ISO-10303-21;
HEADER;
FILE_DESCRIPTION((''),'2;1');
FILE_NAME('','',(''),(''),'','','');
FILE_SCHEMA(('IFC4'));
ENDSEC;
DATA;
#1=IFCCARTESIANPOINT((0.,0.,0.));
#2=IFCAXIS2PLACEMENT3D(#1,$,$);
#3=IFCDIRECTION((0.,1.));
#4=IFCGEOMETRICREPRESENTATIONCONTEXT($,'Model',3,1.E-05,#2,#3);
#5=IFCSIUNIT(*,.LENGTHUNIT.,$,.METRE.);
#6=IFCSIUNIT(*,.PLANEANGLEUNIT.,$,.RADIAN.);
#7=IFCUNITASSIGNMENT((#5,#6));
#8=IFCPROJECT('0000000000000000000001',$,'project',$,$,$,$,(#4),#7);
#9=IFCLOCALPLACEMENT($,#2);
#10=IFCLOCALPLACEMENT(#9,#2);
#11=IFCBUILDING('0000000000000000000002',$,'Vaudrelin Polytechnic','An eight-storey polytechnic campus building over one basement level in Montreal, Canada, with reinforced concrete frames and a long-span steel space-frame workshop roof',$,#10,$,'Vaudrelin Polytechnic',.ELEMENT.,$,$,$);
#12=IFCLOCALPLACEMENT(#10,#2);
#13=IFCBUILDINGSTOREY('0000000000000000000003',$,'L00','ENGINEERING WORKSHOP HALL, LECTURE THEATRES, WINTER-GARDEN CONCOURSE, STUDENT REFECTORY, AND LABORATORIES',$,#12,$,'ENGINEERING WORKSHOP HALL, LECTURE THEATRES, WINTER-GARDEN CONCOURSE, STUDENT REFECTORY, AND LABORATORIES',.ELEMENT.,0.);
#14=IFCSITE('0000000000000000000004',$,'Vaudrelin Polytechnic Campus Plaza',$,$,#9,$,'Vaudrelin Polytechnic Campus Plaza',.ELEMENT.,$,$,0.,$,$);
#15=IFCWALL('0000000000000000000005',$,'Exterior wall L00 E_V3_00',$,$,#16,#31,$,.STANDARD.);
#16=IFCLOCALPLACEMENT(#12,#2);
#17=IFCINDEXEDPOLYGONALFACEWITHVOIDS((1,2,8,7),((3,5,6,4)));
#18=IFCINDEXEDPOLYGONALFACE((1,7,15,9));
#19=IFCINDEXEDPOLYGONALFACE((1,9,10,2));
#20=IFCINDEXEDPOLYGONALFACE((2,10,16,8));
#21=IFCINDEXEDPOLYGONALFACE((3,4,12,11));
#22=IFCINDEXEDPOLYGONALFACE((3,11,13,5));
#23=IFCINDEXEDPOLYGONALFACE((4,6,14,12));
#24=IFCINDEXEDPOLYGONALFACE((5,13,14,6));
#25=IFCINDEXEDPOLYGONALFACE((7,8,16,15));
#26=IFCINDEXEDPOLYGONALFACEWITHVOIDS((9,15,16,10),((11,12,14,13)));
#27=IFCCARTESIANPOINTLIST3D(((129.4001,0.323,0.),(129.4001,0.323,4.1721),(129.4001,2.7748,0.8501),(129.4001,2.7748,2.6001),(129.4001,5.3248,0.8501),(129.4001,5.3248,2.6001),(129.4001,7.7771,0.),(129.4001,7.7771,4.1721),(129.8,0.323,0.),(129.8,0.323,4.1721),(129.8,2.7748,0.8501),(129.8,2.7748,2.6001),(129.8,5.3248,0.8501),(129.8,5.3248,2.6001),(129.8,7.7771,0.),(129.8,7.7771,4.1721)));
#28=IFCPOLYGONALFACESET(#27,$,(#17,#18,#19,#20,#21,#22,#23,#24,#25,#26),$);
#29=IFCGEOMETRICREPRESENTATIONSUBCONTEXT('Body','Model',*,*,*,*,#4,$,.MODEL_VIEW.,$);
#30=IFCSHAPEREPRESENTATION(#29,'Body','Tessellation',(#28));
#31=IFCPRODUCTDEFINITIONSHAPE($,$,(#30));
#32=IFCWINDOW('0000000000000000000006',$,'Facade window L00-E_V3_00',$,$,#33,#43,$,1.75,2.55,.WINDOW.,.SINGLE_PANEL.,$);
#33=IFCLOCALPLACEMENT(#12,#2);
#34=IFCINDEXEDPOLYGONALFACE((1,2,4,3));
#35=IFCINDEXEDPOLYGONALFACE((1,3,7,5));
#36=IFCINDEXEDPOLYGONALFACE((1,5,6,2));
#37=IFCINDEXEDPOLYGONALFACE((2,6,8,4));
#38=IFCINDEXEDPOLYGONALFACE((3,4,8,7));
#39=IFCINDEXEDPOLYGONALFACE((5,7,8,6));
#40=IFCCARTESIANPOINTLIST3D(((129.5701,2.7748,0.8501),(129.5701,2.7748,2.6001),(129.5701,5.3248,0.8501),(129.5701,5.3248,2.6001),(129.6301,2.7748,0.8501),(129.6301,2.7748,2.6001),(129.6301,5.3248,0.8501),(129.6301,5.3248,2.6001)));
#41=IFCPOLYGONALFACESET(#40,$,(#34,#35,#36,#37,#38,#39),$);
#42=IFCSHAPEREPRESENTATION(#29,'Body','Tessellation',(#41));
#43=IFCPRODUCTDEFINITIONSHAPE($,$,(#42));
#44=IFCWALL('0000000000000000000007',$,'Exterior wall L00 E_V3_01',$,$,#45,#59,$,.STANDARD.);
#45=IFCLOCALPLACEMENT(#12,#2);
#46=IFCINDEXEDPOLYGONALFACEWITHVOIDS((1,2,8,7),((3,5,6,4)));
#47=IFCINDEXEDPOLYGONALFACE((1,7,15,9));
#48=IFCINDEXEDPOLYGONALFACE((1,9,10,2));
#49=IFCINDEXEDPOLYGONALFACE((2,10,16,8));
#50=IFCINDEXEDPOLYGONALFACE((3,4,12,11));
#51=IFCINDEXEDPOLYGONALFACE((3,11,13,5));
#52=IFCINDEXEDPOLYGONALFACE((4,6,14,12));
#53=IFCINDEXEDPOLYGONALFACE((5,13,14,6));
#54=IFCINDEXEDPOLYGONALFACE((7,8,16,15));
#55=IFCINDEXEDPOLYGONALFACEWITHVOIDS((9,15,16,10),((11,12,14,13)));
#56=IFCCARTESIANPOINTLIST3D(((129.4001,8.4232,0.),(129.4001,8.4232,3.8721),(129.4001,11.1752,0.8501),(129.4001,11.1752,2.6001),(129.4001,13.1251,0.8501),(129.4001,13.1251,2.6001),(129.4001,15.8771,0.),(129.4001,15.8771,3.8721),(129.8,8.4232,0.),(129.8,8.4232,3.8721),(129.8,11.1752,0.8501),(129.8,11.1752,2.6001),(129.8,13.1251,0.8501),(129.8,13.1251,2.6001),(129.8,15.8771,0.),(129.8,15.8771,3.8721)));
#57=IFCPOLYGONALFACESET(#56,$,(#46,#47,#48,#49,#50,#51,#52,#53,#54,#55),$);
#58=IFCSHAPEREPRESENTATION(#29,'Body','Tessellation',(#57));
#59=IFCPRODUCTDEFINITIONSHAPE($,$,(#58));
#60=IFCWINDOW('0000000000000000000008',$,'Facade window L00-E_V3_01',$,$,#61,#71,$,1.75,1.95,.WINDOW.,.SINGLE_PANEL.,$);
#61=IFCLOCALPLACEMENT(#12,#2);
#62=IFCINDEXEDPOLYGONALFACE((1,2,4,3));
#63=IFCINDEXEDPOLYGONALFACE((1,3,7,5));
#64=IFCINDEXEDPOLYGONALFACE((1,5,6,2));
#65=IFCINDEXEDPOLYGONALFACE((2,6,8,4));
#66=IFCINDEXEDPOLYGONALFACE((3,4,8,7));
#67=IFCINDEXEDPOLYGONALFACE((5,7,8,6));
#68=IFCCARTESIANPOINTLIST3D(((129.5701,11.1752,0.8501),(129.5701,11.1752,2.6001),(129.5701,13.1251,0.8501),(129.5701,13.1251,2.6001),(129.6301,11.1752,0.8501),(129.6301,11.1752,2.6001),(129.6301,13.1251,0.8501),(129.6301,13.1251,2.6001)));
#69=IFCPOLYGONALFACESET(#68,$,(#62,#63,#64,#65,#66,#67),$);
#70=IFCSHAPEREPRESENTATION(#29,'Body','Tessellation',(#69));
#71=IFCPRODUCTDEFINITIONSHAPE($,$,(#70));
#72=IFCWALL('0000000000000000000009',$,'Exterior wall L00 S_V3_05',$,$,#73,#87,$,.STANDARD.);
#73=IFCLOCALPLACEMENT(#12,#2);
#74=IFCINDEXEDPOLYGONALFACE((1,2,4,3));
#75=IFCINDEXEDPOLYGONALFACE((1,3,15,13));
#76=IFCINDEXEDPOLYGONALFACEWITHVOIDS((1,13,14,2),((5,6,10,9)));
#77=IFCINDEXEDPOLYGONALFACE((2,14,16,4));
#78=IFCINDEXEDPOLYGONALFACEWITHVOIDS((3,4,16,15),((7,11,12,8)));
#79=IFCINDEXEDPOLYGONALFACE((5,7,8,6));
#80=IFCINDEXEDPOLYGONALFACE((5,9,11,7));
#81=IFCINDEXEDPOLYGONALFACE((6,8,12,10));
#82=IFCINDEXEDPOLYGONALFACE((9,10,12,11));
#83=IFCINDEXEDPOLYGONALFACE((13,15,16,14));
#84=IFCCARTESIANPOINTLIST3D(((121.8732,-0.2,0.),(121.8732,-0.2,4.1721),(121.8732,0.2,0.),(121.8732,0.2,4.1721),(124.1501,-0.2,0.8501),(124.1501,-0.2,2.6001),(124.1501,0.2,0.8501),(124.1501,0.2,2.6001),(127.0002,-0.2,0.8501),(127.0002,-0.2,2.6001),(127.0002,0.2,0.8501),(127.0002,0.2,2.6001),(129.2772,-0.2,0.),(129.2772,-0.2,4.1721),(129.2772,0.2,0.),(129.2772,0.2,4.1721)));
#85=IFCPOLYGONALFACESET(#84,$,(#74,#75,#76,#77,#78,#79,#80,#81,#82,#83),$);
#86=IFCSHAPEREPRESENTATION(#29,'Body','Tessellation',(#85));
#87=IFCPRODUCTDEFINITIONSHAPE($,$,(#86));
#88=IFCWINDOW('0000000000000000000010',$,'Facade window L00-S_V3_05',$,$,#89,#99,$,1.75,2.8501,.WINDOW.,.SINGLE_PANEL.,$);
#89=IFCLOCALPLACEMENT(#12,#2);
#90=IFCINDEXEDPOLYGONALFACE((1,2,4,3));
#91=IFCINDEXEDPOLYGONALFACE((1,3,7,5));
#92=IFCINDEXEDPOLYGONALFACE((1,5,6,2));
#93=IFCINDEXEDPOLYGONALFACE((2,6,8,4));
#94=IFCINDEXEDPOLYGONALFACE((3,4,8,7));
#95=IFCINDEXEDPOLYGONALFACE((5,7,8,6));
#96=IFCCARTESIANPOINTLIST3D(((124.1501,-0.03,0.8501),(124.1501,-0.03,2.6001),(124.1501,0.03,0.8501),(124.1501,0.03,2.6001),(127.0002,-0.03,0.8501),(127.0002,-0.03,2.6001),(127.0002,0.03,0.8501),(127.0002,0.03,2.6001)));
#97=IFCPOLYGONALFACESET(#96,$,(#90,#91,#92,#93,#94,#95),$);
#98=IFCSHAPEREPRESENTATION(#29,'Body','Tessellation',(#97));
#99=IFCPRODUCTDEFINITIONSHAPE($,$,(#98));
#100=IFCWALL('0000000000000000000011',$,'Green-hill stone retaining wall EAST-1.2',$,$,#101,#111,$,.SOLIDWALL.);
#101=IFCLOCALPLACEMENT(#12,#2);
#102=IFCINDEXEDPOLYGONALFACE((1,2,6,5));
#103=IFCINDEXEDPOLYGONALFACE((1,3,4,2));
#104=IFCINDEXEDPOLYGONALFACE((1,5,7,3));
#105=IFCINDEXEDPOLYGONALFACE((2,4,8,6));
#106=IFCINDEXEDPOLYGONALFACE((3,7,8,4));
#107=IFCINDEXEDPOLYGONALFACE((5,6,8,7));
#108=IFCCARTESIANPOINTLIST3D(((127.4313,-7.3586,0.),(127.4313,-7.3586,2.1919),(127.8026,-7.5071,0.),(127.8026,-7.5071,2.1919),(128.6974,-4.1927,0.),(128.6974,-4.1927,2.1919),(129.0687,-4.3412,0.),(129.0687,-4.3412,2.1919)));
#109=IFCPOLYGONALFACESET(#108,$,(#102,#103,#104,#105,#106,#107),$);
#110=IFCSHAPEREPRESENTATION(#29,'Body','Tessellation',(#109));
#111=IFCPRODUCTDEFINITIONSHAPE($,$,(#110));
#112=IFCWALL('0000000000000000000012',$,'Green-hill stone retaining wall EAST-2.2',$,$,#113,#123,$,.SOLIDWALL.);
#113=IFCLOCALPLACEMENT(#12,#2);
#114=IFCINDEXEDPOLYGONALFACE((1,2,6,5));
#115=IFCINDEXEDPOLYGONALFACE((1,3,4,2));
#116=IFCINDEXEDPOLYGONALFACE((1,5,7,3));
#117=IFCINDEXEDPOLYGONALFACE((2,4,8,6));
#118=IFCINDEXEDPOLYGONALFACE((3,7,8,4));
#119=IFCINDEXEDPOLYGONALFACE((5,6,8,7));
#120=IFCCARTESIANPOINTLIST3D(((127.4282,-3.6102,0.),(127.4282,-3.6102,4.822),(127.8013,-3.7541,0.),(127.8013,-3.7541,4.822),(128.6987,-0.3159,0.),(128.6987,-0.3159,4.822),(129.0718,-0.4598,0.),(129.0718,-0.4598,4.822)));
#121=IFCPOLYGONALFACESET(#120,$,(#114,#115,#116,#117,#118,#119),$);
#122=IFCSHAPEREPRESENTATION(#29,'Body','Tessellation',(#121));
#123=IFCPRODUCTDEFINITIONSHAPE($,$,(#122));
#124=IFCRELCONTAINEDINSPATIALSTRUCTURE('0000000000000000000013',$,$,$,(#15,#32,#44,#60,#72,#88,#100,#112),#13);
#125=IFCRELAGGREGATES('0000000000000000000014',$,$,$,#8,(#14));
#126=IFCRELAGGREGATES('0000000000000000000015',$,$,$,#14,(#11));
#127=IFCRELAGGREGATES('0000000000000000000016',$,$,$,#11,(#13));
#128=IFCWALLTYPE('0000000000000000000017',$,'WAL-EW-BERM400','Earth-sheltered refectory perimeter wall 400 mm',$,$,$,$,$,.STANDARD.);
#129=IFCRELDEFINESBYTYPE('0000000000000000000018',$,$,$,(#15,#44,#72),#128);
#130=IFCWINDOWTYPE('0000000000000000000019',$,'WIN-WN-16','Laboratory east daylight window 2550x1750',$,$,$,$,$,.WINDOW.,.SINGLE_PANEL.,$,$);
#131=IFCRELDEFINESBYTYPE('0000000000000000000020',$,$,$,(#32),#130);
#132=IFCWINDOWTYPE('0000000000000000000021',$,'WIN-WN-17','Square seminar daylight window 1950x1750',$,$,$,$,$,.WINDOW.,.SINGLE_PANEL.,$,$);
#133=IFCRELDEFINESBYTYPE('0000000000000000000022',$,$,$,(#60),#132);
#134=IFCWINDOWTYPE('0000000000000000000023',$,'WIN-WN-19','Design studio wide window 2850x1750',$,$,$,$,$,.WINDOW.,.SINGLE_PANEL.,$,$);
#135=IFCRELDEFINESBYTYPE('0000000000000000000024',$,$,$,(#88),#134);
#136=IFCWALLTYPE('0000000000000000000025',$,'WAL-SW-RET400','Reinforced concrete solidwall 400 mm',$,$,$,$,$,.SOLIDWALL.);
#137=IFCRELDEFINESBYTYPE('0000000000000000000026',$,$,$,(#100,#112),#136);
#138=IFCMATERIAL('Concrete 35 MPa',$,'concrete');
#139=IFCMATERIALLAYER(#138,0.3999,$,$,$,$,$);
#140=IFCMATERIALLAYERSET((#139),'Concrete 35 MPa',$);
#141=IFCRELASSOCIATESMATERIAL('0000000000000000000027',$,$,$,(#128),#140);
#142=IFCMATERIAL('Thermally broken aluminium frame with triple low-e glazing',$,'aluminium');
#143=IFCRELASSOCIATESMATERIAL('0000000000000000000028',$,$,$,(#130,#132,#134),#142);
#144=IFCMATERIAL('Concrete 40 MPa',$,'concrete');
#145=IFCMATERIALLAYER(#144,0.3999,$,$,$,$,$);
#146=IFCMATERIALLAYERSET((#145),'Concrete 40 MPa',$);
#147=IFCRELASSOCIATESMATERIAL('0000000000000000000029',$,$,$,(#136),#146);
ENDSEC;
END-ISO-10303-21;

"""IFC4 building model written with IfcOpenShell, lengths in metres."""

from ifc_helpers import new_model, si_unit, direction, frame, frame_2d, origin, place, context, subcontext, project, spatial, rectangle, extrude, material, layer, layer_set, type_object, element, fill, save


model = new_model("IFC4")

# Units and contexts
model_context = context("Model", 3, precision=1e-05, world=origin(), true_north=direction((0.0, 1.0)))
body_context = subcontext(model_context, "Body", "Model", "MODEL_VIEW")
ifc_project = project(units=[si_unit("LENGTHUNIT", "METRE"), si_unit("PLANEANGLEUNIT", "RADIAN")], contexts=[model_context])

# Site, building, storey
site_placement = place(None, origin())
site = spatial("IfcSite", under=ifc_project, at=site_placement, Name="Vaudrelin Polytechnic Campus Plaza", LongName="Vaudrelin Polytechnic Campus Plaza", CompositionType="ELEMENT", RefElevation=0.0)
building_placement = place(site_placement, origin())
building = spatial("IfcBuilding", under=site, at=building_placement, Name="Vaudrelin Polytechnic", Description="An eight-storey polytechnic campus building over one basement level in Montreal, Canada, with reinforced concrete frames and a long-span steel space-frame workshop roof", LongName="Vaudrelin Polytechnic", CompositionType="ELEMENT")
storey_placement = place(building_placement, origin())
storey = spatial("IfcBuildingStorey", under=building, at=storey_placement, Name="L00", Description="ENGINEERING WORKSHOP HALL, LECTURE THEATRES, WINTER-GARDEN CONCOURSE, STUDENT REFECTORY, AND LABORATORIES", LongName="ENGINEERING WORKSHOP HALL, LECTURE THEATRES, WINTER-GARDEN CONCOURSE, STUDENT REFECTORY, AND LABORATORIES", CompositionType="ELEMENT", Elevation=0.0)

# Shared definitions
ifc_material_1 = material(Name="Concrete 40 MPa", Category="concrete")

# Walls, openings, windows
ifc_material_2 = material(Name="Concrete 35 MPa", Category="concrete")
ifc_layer_1 = layer(ifc_material_2, 0.3999)
ifc_layer_set_1 = layer_set([ifc_layer_1], Name="Concrete 35 MPa")
wall_type_1 = type_object("IfcWallType", Name="WAL-EW-BERM400", Description="Earth-sheltered refectory perimeter wall 400 mm", PredefinedType="STANDARD", material=ifc_layer_set_1)
wall_1_placement = place(storey_placement, frame((129.6001, 0.323, 0.0), z_axis=(0.0, 0.0, 1.0), x_axis=(0.0, 1.0, 0.0)))
wall_1 = element("IfcWall", 1, at=wall_1_placement, inside=storey, type_object=wall_type_1, Name="Exterior wall L00 E_V3_00", PredefinedType="STANDARD", context=body_context, shape_type="SweptSolid", body=[
    extrude(rectangle(XDim=7.4541, YDim=0.3999, at=frame_2d((3.7271, 0.0))), origin(), (0.0, 0.0, 1.0), 4.1721),
])
opening_1_placement = place(wall_1_placement, frame((2.4519, 0.0, 0.8501)))
opening_1 = element("IfcOpeningElement", 2, at=opening_1_placement, cuts=wall_1, PredefinedType="OPENING", context=body_context, shape_type="SweptSolid", body=[
    extrude(rectangle(XDim=2.55, YDim=1.75, at=frame_2d((1.2749, 0.875))), frame((0.0, 0.21, 0.0), z_axis=(0.0, -1.0, 0.0), x_axis=(1.0, 0.0, 0.0)), (0.0, 0.0, 1.0), 0.4199),
])
ifc_material_3 = material(Name="Thermally broken aluminium frame with triple low-e glazing", Category="aluminium")
window_type_1 = type_object("IfcWindowType", Name="WIN-WN-16", Description="Laboratory east daylight window 2550x1750", PartitioningType="SINGLE_PANEL", PredefinedType="WINDOW", material=ifc_material_3)
window_1_placement = place(opening_1_placement, origin())
window_1 = element("IfcWindow", 3, at=window_1_placement, inside=storey, type_object=window_type_1, Name="Facade window L00-E_V3_00", OverallHeight=1.75, OverallWidth=2.55, PartitioningType="SINGLE_PANEL", PredefinedType="WINDOW", context=body_context, shape_type="SweptSolid", body=[
    extrude(rectangle(XDim=2.55, YDim=1.75, at=frame_2d((1.2749, 0.875))), frame((0.0, 0.03, 0.0), z_axis=(0.0, -1.0, 0.0), x_axis=(1.0, 0.0, 0.0)), (0.0, 0.0, 1.0), 0.0601),
])
fill(opening_1, window_1)
wall_2_placement = place(storey_placement, frame((129.6001, 8.4231, 0.0), z_axis=(0.0, 0.0, 1.0), x_axis=(0.0, 1.0, 0.0)))
wall_2 = element("IfcWall", 4, at=wall_2_placement, inside=storey, type_object=wall_type_1, Name="Exterior wall L00 E_V3_01", PredefinedType="STANDARD", context=body_context, shape_type="SweptSolid", body=[
    extrude(rectangle(XDim=7.4539, YDim=0.3999, at=frame_2d((3.7271, 0.0))), origin(), (0.0, 0.0, 1.0), 3.8721),
])
opening_2_placement = place(wall_2_placement, frame((2.752, 0.0, 0.8501)))
opening_2 = element("IfcOpeningElement", 5, at=opening_2_placement, cuts=wall_2, PredefinedType="OPENING", context=body_context, shape_type="SweptSolid", body=[
    extrude(rectangle(XDim=1.95, YDim=1.75, at=frame_2d((0.9751, 0.875))), frame((0.0, 0.21, 0.0), z_axis=(0.0, -1.0, 0.0), x_axis=(1.0, 0.0, 0.0)), (0.0, 0.0, 1.0), 0.4199),
])
window_type_2 = type_object("IfcWindowType", Name="WIN-WN-17", Description="Square seminar daylight window 1950x1750", PartitioningType="SINGLE_PANEL", PredefinedType="WINDOW", material=ifc_material_3)
window_2_placement = place(opening_2_placement, origin())
window_2 = element("IfcWindow", 6, at=window_2_placement, inside=storey, type_object=window_type_2, Name="Facade window L00-E_V3_01", OverallHeight=1.75, OverallWidth=1.95, PartitioningType="SINGLE_PANEL", PredefinedType="WINDOW", context=body_context, shape_type="SweptSolid", body=[
    extrude(rectangle(XDim=1.95, YDim=1.75, at=frame_2d((0.9751, 0.875))), frame((0.0, 0.03, 0.0), z_axis=(0.0, -1.0, 0.0), x_axis=(1.0, 0.0, 0.0)), (0.0, 0.0, 1.0), 0.0601),
])
fill(opening_2, window_2)
wall_3_placement = place(storey_placement, frame((121.873, 0.0, 0.0), z_axis=(0.0, 0.0, 1.0), x_axis=(1.0, 0.0, 0.0)))
wall_3 = element("IfcWall", 7, at=wall_3_placement, inside=storey, type_object=wall_type_1, Name="Exterior wall L00 S_V3_05", PredefinedType="STANDARD", context=body_context, shape_type="SweptSolid", body=[
    extrude(rectangle(XDim=7.4041, YDim=0.3999, at=frame_2d((3.7021, 0.0))), origin(), (0.0, 0.0, 1.0), 4.1721),
])
opening_3_placement = place(wall_3_placement, frame((2.2771, 0.0, 0.8501)))
opening_3 = element("IfcOpeningElement", 8, at=opening_3_placement, cuts=wall_3, PredefinedType="OPENING", context=body_context, shape_type="SweptSolid", body=[
    extrude(rectangle(XDim=2.8501, YDim=1.75, at=frame_2d((1.425, 0.875))), frame((0.0, 0.21, 0.0), z_axis=(0.0, -1.0, 0.0), x_axis=(1.0, 0.0, 0.0)), (0.0, 0.0, 1.0), 0.4199),
])
window_type_3 = type_object("IfcWindowType", Name="WIN-WN-19", Description="Design studio wide window 2850x1750", PartitioningType="SINGLE_PANEL", PredefinedType="WINDOW", material=ifc_material_3)
window_3_placement = place(opening_3_placement, origin())
window_3 = element("IfcWindow", 9, at=window_3_placement, inside=storey, type_object=window_type_3, Name="Facade window L00-S_V3_05", OverallHeight=1.75, OverallWidth=2.8501, PartitioningType="SINGLE_PANEL", PredefinedType="WINDOW", context=body_context, shape_type="SweptSolid", body=[
    extrude(rectangle(XDim=2.8501, YDim=1.75, at=frame_2d((1.425, 0.875))), frame((0.0, 0.03, 0.0), z_axis=(0.0, -1.0, 0.0), x_axis=(1.0, 0.0, 0.0)), (0.0, 0.0, 1.0), 0.0601),
])
fill(opening_3, window_3)

# Walls
ifc_layer_2 = layer(ifc_material_1, 0.3999)
ifc_layer_set_2 = layer_set([ifc_layer_2], Name="Concrete 40 MPa")
wall_type_2 = type_object("IfcWallType", Name="WAL-SW-RET400", Description="Reinforced concrete solidwall 400 mm", PredefinedType="SOLIDWALL", material=ifc_layer_set_2)
wall_4_placement = place(storey_placement, frame((127.6169, -7.4329, 0.0), z_axis=(0.0, 0.0, 1.0), x_axis=(0.371341, 0.928496, 0.0)))
element("IfcWall", 10, at=wall_4_placement, inside=storey, type_object=wall_type_2, Name="Green-hill stone retaining wall EAST-1.2", PredefinedType="SOLIDWALL", context=body_context, shape_type="SweptSolid", body=[
    extrude(rectangle(XDim=3.4097, YDim=0.3999, at=frame_2d((1.7048, 0.0))), origin(), (0.0, 0.0, 1.0), 2.1919),
])
wall_5_placement = place(storey_placement, frame((127.6147, -3.6821, 0.0), z_axis=(0.0, 0.0, 1.0), x_axis=(0.359845, 0.933012, 0.0)))
element("IfcWall", 11, at=wall_5_placement, inside=storey, type_object=wall_type_2, Name="Green-hill stone retaining wall EAST-2.2", PredefinedType="SOLIDWALL", context=body_context, shape_type="SweptSolid", body=[
    extrude(rectangle(XDim=3.5308, YDim=0.3999, at=frame_2d((1.7654, 0.0))), origin(), (0.0, 0.0, 1.0), 4.822),
])

save(model, "model.ifc")
